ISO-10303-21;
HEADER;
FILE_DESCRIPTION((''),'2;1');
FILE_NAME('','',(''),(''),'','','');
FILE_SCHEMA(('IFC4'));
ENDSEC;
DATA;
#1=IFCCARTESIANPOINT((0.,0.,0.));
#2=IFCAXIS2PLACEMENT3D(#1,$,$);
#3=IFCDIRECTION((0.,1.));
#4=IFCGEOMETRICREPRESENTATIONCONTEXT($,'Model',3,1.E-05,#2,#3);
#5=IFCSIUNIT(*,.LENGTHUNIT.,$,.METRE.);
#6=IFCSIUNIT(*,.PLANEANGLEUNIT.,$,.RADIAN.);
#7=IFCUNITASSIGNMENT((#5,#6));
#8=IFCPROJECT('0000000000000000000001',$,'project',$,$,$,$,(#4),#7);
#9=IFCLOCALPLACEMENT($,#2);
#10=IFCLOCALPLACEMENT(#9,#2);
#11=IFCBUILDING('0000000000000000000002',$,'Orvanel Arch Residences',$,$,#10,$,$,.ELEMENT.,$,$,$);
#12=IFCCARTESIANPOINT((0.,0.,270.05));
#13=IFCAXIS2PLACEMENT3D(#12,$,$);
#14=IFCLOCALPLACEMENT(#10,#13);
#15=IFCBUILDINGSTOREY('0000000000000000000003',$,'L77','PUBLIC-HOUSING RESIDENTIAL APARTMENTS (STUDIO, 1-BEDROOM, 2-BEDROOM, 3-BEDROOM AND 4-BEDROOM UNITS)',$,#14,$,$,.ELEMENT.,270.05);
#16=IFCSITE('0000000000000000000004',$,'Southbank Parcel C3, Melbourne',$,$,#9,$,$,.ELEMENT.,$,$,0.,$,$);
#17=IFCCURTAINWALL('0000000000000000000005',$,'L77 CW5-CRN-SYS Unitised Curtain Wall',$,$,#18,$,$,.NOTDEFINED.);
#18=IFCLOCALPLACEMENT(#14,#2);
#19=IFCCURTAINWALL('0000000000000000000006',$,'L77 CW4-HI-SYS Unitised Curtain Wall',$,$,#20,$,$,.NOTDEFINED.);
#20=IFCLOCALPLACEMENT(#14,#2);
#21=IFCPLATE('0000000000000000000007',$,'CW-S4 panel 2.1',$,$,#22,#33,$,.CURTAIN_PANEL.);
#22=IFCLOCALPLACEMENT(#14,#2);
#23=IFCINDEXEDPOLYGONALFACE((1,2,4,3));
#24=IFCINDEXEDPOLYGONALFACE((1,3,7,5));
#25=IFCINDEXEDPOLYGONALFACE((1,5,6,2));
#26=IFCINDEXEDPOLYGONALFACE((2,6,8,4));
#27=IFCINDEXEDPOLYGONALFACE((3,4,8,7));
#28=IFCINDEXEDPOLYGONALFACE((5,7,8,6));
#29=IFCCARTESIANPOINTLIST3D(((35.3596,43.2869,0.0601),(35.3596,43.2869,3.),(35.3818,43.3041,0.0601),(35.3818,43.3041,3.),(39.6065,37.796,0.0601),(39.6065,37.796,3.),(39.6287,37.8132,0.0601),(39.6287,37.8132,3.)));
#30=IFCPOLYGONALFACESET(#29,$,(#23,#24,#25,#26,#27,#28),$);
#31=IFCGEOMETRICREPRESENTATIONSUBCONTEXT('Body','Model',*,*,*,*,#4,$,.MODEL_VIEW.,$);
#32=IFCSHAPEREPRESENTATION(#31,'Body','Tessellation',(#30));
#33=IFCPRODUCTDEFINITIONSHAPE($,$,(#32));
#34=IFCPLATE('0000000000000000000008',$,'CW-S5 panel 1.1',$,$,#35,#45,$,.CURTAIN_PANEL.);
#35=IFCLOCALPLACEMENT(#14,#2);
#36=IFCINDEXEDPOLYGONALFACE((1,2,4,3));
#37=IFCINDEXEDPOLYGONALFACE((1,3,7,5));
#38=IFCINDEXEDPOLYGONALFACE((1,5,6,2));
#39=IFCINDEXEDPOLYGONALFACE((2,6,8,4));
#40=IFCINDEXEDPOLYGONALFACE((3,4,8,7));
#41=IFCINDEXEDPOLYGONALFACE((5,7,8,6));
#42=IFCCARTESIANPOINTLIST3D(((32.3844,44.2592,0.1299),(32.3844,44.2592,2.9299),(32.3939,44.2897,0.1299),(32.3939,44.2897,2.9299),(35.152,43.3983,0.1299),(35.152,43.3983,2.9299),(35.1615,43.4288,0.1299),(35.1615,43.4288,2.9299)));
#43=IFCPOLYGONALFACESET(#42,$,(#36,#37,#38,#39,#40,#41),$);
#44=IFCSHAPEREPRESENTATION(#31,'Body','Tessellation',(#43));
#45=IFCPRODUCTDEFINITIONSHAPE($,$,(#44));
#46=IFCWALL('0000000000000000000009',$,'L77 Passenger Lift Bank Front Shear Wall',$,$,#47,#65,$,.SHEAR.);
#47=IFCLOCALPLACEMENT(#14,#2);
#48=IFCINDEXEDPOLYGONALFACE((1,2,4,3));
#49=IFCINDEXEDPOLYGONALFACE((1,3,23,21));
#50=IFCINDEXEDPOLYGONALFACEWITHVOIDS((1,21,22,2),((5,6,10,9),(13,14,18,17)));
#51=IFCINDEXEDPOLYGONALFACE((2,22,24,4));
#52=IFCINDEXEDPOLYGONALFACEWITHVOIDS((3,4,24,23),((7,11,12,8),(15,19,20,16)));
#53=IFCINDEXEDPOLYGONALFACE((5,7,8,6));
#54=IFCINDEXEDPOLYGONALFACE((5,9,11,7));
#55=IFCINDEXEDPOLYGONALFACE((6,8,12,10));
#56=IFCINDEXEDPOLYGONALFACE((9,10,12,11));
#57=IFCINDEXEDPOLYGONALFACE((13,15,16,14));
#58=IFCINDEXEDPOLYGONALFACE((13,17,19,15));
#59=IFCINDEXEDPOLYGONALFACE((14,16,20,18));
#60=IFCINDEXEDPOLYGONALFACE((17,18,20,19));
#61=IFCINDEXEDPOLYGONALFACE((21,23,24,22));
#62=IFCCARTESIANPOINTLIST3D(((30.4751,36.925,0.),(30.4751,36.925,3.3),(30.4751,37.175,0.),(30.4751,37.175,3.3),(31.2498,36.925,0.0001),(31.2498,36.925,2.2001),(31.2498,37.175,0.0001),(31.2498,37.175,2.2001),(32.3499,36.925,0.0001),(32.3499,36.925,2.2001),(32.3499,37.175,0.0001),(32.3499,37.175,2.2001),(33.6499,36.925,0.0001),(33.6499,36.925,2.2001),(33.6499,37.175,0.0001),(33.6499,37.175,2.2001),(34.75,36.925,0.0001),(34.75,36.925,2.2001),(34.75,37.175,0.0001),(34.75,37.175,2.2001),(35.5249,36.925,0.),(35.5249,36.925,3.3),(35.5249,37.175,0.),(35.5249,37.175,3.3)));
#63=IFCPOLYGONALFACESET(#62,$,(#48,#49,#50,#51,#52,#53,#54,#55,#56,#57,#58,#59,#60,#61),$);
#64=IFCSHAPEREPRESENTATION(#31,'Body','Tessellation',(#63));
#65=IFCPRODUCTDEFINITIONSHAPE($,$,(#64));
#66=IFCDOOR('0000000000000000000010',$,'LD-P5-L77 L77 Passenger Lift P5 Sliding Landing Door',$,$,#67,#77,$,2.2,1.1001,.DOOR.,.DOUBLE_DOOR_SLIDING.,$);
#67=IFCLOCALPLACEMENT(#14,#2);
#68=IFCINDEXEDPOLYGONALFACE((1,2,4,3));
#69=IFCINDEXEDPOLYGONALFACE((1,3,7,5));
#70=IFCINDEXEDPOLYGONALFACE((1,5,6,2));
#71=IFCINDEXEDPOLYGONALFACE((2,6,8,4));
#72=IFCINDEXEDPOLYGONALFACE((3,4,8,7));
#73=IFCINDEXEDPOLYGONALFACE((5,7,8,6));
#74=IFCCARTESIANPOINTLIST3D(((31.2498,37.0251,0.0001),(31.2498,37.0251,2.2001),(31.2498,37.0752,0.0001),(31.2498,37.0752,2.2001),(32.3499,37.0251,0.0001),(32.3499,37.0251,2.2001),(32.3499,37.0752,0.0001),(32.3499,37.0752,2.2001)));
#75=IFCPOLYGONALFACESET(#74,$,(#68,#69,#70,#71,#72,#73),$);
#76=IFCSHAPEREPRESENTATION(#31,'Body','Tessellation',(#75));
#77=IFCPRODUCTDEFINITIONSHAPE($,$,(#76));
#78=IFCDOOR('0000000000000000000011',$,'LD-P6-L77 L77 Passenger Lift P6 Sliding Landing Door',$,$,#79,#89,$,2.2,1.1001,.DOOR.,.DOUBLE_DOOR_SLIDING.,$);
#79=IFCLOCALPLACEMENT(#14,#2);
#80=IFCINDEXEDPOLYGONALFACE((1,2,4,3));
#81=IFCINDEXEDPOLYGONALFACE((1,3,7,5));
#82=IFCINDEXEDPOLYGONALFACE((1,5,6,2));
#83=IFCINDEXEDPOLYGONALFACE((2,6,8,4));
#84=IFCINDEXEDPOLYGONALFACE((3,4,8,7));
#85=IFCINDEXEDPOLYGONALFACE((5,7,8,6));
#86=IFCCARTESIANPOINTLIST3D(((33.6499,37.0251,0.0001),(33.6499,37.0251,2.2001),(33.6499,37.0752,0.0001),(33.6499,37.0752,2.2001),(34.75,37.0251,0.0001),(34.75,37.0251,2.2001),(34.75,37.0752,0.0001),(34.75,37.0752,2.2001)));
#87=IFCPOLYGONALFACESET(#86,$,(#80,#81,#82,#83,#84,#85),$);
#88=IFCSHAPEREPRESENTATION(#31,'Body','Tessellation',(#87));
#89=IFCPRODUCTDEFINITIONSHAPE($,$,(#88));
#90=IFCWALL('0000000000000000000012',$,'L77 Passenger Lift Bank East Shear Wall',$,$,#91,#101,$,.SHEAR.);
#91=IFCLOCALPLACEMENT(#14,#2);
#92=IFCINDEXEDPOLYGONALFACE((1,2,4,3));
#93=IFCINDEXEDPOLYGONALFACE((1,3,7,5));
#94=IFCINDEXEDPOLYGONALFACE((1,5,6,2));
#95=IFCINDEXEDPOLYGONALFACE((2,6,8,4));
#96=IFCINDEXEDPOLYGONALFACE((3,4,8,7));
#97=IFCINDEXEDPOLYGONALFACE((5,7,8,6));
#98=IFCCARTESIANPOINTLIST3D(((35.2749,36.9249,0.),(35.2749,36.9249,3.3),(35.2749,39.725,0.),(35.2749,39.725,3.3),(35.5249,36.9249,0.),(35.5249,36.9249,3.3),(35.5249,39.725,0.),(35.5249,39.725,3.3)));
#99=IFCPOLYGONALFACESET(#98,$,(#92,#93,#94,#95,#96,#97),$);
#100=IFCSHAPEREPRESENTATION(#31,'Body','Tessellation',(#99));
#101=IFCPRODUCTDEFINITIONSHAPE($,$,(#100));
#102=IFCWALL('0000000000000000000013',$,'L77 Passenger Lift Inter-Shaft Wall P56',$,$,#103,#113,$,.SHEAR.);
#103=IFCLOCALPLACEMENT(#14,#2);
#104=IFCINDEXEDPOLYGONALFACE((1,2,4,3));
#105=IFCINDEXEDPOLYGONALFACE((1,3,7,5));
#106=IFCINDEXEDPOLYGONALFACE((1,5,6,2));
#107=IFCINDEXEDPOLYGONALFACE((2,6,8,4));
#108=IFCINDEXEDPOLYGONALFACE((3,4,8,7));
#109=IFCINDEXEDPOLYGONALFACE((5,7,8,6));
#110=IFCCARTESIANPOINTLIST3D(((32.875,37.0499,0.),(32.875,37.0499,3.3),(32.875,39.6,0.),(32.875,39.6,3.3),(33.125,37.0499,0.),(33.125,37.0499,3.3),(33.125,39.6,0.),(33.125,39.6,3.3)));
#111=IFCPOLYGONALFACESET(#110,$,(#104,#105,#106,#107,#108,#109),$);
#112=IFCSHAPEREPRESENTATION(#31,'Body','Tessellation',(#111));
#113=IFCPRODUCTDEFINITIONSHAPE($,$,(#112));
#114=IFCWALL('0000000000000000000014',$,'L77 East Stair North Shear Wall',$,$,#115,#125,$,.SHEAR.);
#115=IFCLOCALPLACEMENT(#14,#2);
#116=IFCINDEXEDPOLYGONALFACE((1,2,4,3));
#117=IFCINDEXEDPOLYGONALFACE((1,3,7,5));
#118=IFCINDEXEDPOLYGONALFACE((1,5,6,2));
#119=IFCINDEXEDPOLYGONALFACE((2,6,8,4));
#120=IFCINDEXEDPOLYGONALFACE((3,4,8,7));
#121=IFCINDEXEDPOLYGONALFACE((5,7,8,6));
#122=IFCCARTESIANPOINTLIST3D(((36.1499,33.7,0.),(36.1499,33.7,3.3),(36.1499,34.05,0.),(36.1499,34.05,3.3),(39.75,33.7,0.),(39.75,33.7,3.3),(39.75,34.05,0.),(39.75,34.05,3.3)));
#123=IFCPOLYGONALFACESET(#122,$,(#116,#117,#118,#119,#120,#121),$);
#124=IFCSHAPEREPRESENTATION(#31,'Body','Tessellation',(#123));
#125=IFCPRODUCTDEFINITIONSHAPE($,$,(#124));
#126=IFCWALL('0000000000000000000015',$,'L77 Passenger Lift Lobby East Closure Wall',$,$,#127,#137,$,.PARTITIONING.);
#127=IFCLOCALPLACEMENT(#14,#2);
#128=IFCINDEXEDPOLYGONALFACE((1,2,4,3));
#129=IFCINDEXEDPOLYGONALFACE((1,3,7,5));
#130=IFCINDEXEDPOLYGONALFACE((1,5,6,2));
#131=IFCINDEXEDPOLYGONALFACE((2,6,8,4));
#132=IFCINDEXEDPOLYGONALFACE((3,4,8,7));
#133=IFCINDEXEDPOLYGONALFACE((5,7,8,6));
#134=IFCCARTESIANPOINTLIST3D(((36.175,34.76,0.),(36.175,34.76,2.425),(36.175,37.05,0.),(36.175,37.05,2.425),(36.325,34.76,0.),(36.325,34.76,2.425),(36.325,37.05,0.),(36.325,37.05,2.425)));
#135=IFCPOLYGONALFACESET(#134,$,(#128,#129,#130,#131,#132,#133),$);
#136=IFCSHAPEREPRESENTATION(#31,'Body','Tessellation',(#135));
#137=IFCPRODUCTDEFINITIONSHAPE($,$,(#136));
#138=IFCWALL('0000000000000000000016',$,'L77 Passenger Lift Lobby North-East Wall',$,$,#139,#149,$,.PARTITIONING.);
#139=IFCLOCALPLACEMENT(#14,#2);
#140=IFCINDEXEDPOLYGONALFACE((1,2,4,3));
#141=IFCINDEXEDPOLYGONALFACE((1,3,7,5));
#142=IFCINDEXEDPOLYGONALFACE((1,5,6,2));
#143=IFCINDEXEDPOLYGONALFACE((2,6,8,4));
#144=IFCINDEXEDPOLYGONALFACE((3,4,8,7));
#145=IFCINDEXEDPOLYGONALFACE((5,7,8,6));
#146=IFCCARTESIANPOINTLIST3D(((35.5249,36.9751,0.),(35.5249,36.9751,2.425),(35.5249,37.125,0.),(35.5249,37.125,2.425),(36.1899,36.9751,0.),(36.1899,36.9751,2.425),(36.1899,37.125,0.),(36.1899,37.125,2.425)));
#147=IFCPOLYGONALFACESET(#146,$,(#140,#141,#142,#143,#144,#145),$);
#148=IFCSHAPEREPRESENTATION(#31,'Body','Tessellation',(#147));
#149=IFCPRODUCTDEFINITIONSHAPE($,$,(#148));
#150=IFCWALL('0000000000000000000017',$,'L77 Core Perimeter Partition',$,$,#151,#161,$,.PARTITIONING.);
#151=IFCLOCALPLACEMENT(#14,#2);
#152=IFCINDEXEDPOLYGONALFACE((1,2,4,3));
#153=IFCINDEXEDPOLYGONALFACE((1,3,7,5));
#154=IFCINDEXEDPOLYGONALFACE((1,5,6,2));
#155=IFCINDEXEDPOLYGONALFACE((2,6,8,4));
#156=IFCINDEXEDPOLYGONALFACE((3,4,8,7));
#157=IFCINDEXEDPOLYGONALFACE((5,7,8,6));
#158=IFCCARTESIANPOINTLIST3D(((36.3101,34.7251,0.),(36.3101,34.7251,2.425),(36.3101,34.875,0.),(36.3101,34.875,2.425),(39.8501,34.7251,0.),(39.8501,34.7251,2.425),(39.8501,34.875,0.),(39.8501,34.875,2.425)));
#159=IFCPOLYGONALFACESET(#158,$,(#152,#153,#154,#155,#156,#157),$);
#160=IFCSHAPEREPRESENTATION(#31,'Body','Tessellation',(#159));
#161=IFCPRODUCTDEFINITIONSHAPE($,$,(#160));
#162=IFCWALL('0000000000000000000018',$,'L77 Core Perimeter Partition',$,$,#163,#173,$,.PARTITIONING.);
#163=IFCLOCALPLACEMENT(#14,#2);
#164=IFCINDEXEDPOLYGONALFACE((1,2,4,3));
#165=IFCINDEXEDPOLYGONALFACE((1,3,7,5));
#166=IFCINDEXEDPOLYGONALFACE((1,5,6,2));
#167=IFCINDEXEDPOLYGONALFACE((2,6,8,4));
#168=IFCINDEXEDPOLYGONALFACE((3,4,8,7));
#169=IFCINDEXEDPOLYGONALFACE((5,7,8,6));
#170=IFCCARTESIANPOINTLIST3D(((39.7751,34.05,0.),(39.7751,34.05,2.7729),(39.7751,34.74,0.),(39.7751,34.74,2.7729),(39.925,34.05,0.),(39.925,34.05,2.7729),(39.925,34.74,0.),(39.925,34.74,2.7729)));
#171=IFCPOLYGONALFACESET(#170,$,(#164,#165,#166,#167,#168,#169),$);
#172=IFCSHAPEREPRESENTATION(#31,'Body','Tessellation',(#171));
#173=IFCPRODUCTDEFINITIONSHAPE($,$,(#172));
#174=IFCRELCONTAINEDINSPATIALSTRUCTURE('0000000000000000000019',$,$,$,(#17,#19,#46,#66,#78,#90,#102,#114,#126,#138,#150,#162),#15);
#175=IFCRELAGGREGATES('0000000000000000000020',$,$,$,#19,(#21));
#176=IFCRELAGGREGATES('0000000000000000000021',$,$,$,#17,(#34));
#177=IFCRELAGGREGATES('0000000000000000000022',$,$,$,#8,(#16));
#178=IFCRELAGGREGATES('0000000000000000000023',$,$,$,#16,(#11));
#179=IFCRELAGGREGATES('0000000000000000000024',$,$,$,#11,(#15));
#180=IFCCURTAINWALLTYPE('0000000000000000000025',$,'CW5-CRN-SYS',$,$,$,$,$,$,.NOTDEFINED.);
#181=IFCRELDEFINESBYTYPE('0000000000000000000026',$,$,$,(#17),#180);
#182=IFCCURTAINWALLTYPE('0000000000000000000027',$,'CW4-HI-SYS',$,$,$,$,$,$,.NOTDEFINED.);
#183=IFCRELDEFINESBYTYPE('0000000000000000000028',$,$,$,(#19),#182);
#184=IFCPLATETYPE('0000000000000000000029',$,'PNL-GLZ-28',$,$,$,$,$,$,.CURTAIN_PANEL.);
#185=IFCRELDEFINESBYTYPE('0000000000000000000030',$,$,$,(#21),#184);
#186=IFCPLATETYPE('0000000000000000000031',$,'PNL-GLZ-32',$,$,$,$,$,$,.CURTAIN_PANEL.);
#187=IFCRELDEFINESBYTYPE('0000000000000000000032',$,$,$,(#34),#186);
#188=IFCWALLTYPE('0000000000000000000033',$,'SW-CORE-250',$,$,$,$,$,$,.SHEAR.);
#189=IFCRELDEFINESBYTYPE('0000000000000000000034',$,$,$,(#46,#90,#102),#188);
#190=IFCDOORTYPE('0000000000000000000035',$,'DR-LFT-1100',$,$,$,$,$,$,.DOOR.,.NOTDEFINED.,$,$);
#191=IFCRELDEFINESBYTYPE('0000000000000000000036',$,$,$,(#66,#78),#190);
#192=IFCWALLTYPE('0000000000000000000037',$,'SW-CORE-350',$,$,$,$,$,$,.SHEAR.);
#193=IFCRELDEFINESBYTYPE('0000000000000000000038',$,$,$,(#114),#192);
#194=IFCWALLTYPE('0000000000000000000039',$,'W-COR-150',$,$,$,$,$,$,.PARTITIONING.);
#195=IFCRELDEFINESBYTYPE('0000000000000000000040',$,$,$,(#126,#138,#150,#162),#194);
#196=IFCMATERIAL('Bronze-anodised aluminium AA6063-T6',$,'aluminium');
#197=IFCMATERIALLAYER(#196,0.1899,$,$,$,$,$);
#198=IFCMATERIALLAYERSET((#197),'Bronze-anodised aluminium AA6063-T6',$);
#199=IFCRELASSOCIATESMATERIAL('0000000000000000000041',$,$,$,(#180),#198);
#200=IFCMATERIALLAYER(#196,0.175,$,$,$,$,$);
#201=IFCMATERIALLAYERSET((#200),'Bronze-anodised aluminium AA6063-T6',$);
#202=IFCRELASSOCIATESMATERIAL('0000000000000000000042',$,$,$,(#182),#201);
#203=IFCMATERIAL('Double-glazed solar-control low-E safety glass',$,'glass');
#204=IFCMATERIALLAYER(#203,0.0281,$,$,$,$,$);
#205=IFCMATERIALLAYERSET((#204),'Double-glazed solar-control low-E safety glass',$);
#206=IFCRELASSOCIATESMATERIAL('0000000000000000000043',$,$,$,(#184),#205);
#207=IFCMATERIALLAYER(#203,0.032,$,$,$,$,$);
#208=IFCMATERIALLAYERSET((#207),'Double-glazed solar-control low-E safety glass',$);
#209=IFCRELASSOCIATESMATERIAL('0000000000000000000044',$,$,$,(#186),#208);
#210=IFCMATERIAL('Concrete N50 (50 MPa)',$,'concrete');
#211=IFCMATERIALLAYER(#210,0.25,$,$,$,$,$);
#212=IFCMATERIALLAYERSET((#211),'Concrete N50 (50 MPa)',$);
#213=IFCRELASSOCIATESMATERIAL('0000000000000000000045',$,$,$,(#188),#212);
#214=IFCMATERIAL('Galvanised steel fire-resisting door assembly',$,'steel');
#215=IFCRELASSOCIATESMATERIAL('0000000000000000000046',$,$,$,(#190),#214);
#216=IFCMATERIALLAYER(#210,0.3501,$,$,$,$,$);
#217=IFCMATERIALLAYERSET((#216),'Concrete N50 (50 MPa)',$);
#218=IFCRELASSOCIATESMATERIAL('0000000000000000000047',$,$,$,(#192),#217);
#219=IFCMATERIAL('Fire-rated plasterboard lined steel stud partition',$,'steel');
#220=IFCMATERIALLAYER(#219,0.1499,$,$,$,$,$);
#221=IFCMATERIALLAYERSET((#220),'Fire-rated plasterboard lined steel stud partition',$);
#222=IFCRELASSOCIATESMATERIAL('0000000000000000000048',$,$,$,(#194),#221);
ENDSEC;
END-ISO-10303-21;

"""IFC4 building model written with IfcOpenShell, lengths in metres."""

from ifc_helpers import new_model, si_unit, direction, frame, frame_2d, origin, origin_2d, place, context, subcontext, project, spatial, rectangle, extrude, material, layer, layer_set, type_object, element, fill, aggregate, save


model = new_model("IFC4")

# Units and contexts
model_context = context("Model", 3, precision=1e-05, world=origin(), true_north=direction((0.0, 1.0)))
body_context = subcontext(model_context, "Body", "Model", "MODEL_VIEW")
ifc_project = project(units=[si_unit("LENGTHUNIT", "METRE"), si_unit("PLANEANGLEUNIT", "RADIAN")], contexts=[model_context])

# Site, building, storey
site_placement = place(None, origin())
site = spatial("IfcSite", under=ifc_project, at=site_placement, Name="Southbank Parcel C3, Melbourne", CompositionType="ELEMENT", RefElevation=0.0)
building_placement = place(site_placement, origin())
building = spatial("IfcBuilding", under=site, at=building_placement, Name="Orvanel Arch Residences", CompositionType="ELEMENT")
storey_placement = place(building_placement, frame((0.0, 0.0, 270.05)))
storey = spatial("IfcBuildingStorey", under=building, at=storey_placement, Name="L77", Description="PUBLIC-HOUSING RESIDENTIAL APARTMENTS (STUDIO, 1-BEDROOM, 2-BEDROOM, 3-BEDROOM AND 4-BEDROOM UNITS)", CompositionType="ELEMENT", Elevation=270.05)

# Curtain walls
ifc_material_1 = material(Name="Bronze-anodised aluminium AA6063-T6", Category="aluminium")
ifc_layer_1 = layer(ifc_material_1, 0.1899)
ifc_layer_set_1 = layer_set([ifc_layer_1], Name="Bronze-anodised aluminium AA6063-T6")
curtain_wall_type_1 = type_object("IfcCurtainWallType", Name="CW5-CRN-SYS", PredefinedType="NOTDEFINED", material=ifc_layer_set_1)
curtain_wall_1_placement = place(storey_placement, origin())
curtain_wall_1 = element("IfcCurtainWall", 1, at=curtain_wall_1_placement, inside=storey, type_object=curtain_wall_type_1, Name="L77 CW5-CRN-SYS Unitised Curtain Wall", PredefinedType="NOTDEFINED")
ifc_layer_2 = layer(ifc_material_1, 0.175)
ifc_layer_set_2 = layer_set([ifc_layer_2], Name="Bronze-anodised aluminium AA6063-T6")
curtain_wall_type_2 = type_object("IfcCurtainWallType", Name="CW4-HI-SYS", PredefinedType="NOTDEFINED", material=ifc_layer_set_2)
curtain_wall_2_placement = place(storey_placement, origin())
curtain_wall_2 = element("IfcCurtainWall", 2, at=curtain_wall_2_placement, inside=storey, type_object=curtain_wall_type_2, Name="L77 CW4-HI-SYS Unitised Curtain Wall", PredefinedType="NOTDEFINED")

# Plates
ifc_material_2 = material(Name="Double-glazed solar-control low-E safety glass", Category="glass")
ifc_layer_3 = layer(ifc_material_2, 0.0281)
ifc_layer_set_3 = layer_set([ifc_layer_3], Name="Double-glazed solar-control low-E safety glass")
plate_type_1 = type_object("IfcPlateType", Name="PNL-GLZ-28", PredefinedType="CURTAIN_PANEL", material=ifc_layer_set_3)
plate_1_placement = place(storey_placement, frame((37.4941, 40.55, 0.0601), z_axis=(0.0, 0.0, 1.0), x_axis=(-0.611799, 0.791013, 0.0)))
plate_1 = element("IfcPlate", 3, at=plate_1_placement, type_object=plate_type_1, Name="CW-S4 panel 2.1", PredefinedType="CURTAIN_PANEL", context=body_context, shape_type="SweptSolid", body=[
    extrude(rectangle(XDim=6.9417, YDim=0.0281, at=origin_2d()), origin(), (0.0, 0.0, 1.0), 2.9399),
])
aggregate(curtain_wall_2, [plate_1])
ifc_layer_4 = layer(ifc_material_2, 0.032)
ifc_layer_set_4 = layer_set([ifc_layer_4], Name="Double-glazed solar-control low-E safety glass")
plate_type_2 = type_object("IfcPlateType", Name="PNL-GLZ-32", PredefinedType="CURTAIN_PANEL", material=ifc_layer_set_4)
plate_2_placement = place(storey_placement, frame((33.7729, 43.844, 0.1299), z_axis=(0.0, 0.0, 1.0), x_axis=(-0.954869, 0.297029, 0.0)))
plate_2 = element("IfcPlate", 4, at=plate_2_placement, type_object=plate_type_2, Name="CW-S5 panel 1.1", PredefinedType="CURTAIN_PANEL", context=body_context, shape_type="SweptSolid", body=[
    extrude(rectangle(XDim=2.8984, YDim=0.032, at=origin_2d()), origin(), (0.0, 0.0, 1.0), 2.8),
])
aggregate(curtain_wall_1, [plate_2])

# Wall, openings, doors
ifc_material_3 = material(Name="Concrete N50 (50 MPa)", Category="concrete")
ifc_layer_5 = layer(ifc_material_3, 0.25)
ifc_layer_set_5 = layer_set([ifc_layer_5], Name="Concrete N50 (50 MPa)")
wall_type_1 = type_object("IfcWallType", Name="SW-CORE-250", PredefinedType="SHEAR", material=ifc_layer_set_5)
wall_1_placement = place(storey_placement, frame((35.5249, 37.05, 0.0), z_axis=(0.0, 0.0, 1.0), x_axis=(-1.0, 0.0, 0.0)))
wall_1 = element("IfcWall", 5, at=wall_1_placement, inside=storey, type_object=wall_type_1, Name="L77 Passenger Lift Bank Front Shear Wall", PredefinedType="SHEAR", context=body_context, shape_type="SweptSolid", body=[
    extrude(rectangle(XDim=5.0498, YDim=0.25, at=frame_2d((2.5249, 0.0))), origin(), (0.0, 0.0, 1.0), 3.3),
])
opening_1_placement = place(wall_1_placement, frame((3.175, 0.0, 0.0)))
opening_1 = element("IfcOpeningElement", 6, at=opening_1_placement, cuts=wall_1, PredefinedType="OPENING", context=body_context, shape_type="SweptSolid", body=[
    extrude(rectangle(XDim=1.1001, YDim=2.2, at=frame_2d((0.55, 1.1001))), frame((0.0, 0.135, 0.0), z_axis=(0.0, -1.0, 0.0), x_axis=(1.0, 0.0, 0.0)), (0.0, 0.0, 1.0), 0.27),
])
opening_2_placement = place(wall_1_placement, frame((0.7749, 0.0, 0.0)))
opening_2 = element("IfcOpeningElement", 7, at=opening_2_placement, cuts=wall_1, PredefinedType="OPENING", context=body_context, shape_type="SweptSolid", body=[
    extrude(rectangle(XDim=1.1001, YDim=2.2, at=frame_2d((0.55, 1.1001))), frame((0.0, 0.135, 0.0), z_axis=(0.0, -1.0, 0.0), x_axis=(1.0, 0.0, 0.0)), (0.0, 0.0, 1.0), 0.27),
])
ifc_material_4 = material(Name="Galvanised steel fire-resisting door assembly", Category="steel")
door_type = type_object("IfcDoorType", Name="DR-LFT-1100", OperationType="NOTDEFINED", PredefinedType="DOOR", material=ifc_material_4)
door_1_placement = place(opening_1_placement, origin())
door_1 = element("IfcDoor", 8, at=door_1_placement, inside=storey, type_object=door_type, Name="LD-P5-L77 L77 Passenger Lift P5 Sliding Landing Door", OperationType="DOUBLE_DOOR_SLIDING", OverallHeight=2.2, OverallWidth=1.1001, PredefinedType="DOOR", context=body_context, shape_type="SweptSolid", body=[
    extrude(rectangle(XDim=1.1001, YDim=2.2, at=frame_2d((0.55, 1.1001))), frame((0.0, 0.0249, 0.0), z_axis=(0.0, -1.0, 0.0), x_axis=(1.0, 0.0, 0.0)), (0.0, 0.0, 1.0), 0.05),
])
fill(opening_1, door_1)
door_2_placement = place(opening_2_placement, origin())
door_2 = element("IfcDoor", 9, at=door_2_placement, inside=storey, type_object=door_type, Name="LD-P6-L77 L77 Passenger Lift P6 Sliding Landing Door", OperationType="DOUBLE_DOOR_SLIDING", OverallHeight=2.2, OverallWidth=1.1001, PredefinedType="DOOR", context=body_context, shape_type="SweptSolid", body=[
    extrude(rectangle(XDim=1.1001, YDim=2.2, at=frame_2d((0.55, 1.1001))), frame((0.0, 0.0249, 0.0), z_axis=(0.0, -1.0, 0.0), x_axis=(1.0, 0.0, 0.0)), (0.0, 0.0, 1.0), 0.05),
])
fill(opening_2, door_2)

# Walls
wall_2_placement = place(storey_placement, frame((35.3999, 36.925, 0.0), z_axis=(0.0, 0.0, 1.0), x_axis=(0.0, 1.0, 0.0)))
element("IfcWall", 10, at=wall_2_placement, inside=storey, type_object=wall_type_1, Name="L77 Passenger Lift Bank East Shear Wall", PredefinedType="SHEAR", context=body_context, shape_type="SweptSolid", body=[
    extrude(rectangle(XDim=2.8, YDim=0.25, at=frame_2d((1.3999, 0.0))), origin(), (0.0, 0.0, 1.0), 3.3),
])
wall_3_placement = place(storey_placement, frame((33.0, 37.05, 0.0), z_axis=(0.0, 0.0, 1.0), x_axis=(0.0, 1.0, 0.0)))
element("IfcWall", 11, at=wall_3_placement, inside=storey, type_object=wall_type_1, Name="L77 Passenger Lift Inter-Shaft Wall P56", PredefinedType="SHEAR", context=body_context, shape_type="SweptSolid", body=[
    extrude(rectangle(XDim=2.55, YDim=0.25, at=frame_2d((1.2749, 0.0))), origin(), (0.0, 0.0, 1.0), 3.3),
])
ifc_layer_6 = layer(ifc_material_3, 0.3501)
ifc_layer_set_6 = layer_set([ifc_layer_6], Name="Concrete N50 (50 MPa)")
wall_type_2 = type_object("IfcWallType", Name="SW-CORE-350", PredefinedType="SHEAR", material=ifc_layer_set_6)
wall_4_placement = place(storey_placement, frame((36.1499, 33.875, 0.0), z_axis=(0.0, 0.0, 1.0), x_axis=(1.0, 0.0, 0.0)))
element("IfcWall", 12, at=wall_4_placement, inside=storey, type_object=wall_type_2, Name="L77 East Stair North Shear Wall", PredefinedType="SHEAR", context=body_context, shape_type="SweptSolid", body=[
    extrude(rectangle(XDim=3.6001, YDim=0.3501, at=frame_2d((1.8, 0.0))), origin(), (0.0, 0.0, 1.0), 3.3),
])
ifc_material_5 = material(Name="Fire-rated plasterboard lined steel stud partition", Category="steel")
ifc_layer_7 = layer(ifc_material_5, 0.1499)
ifc_layer_set_7 = layer_set([ifc_layer_7], Name="Fire-rated plasterboard lined steel stud partition")
wall_type_3 = type_object("IfcWallType", Name="W-COR-150", PredefinedType="PARTITIONING", material=ifc_layer_set_7)
wall_5_placement = place(storey_placement, frame((36.25, 34.76, 0.0), z_axis=(0.0, 0.0, 1.0), x_axis=(0.0, 1.0, 0.0)))
element("IfcWall", 13, at=wall_5_placement, inside=storey, type_object=wall_type_3, Name="L77 Passenger Lift Lobby East Closure Wall", PredefinedType="PARTITIONING", context=body_context, shape_type="SweptSolid", body=[
    extrude(rectangle(XDim=2.29, YDim=0.1499, at=frame_2d((1.145, 0.0))), origin(), (0.0, 0.0, 1.0), 2.425),
])
wall_6_placement = place(storey_placement, frame((35.5249, 37.05, 0.0), z_axis=(0.0, 0.0, 1.0), x_axis=(1.0, 0.0, 0.0)))
element("IfcWall", 14, at=wall_6_placement, inside=storey, type_object=wall_type_3, Name="L77 Passenger Lift Lobby North-East Wall", PredefinedType="PARTITIONING", context=body_context, shape_type="SweptSolid", body=[
    extrude(rectangle(XDim=0.665, YDim=0.1499, at=frame_2d((0.3325, 0.0))), origin(), (0.0, 0.0, 1.0), 2.425),
])
wall_7_placement = place(storey_placement, frame((36.3101, 34.8, 0.0), z_axis=(0.0, 0.0, 1.0), x_axis=(1.0, 0.0, 0.0)))
element("IfcWall", 15, at=wall_7_placement, inside=storey, type_object=wall_type_3, Name="L77 Core Perimeter Partition", PredefinedType="PARTITIONING", context=body_context, shape_type="SweptSolid", body=[
    extrude(rectangle(XDim=3.54, YDim=0.1499, at=frame_2d((1.77, 0.0))), origin(), (0.0, 0.0, 1.0), 2.425),
])
wall_8_placement = place(storey_placement, frame((39.8501, 34.74, 0.0), z_axis=(0.0, 0.0, 1.0), x_axis=(0.0, -1.0, 0.0)))
element("IfcWall", 16, at=wall_8_placement, inside=storey, type_object=wall_type_3, Name="L77 Core Perimeter Partition", PredefinedType="PARTITIONING", context=body_context, shape_type="SweptSolid", body=[
    extrude(rectangle(XDim=0.6899, YDim=0.1499, at=frame_2d((0.345, 0.0))), origin(), (0.0, 0.0, 1.0), 2.7729),
])

save(model, "model.ifc")
